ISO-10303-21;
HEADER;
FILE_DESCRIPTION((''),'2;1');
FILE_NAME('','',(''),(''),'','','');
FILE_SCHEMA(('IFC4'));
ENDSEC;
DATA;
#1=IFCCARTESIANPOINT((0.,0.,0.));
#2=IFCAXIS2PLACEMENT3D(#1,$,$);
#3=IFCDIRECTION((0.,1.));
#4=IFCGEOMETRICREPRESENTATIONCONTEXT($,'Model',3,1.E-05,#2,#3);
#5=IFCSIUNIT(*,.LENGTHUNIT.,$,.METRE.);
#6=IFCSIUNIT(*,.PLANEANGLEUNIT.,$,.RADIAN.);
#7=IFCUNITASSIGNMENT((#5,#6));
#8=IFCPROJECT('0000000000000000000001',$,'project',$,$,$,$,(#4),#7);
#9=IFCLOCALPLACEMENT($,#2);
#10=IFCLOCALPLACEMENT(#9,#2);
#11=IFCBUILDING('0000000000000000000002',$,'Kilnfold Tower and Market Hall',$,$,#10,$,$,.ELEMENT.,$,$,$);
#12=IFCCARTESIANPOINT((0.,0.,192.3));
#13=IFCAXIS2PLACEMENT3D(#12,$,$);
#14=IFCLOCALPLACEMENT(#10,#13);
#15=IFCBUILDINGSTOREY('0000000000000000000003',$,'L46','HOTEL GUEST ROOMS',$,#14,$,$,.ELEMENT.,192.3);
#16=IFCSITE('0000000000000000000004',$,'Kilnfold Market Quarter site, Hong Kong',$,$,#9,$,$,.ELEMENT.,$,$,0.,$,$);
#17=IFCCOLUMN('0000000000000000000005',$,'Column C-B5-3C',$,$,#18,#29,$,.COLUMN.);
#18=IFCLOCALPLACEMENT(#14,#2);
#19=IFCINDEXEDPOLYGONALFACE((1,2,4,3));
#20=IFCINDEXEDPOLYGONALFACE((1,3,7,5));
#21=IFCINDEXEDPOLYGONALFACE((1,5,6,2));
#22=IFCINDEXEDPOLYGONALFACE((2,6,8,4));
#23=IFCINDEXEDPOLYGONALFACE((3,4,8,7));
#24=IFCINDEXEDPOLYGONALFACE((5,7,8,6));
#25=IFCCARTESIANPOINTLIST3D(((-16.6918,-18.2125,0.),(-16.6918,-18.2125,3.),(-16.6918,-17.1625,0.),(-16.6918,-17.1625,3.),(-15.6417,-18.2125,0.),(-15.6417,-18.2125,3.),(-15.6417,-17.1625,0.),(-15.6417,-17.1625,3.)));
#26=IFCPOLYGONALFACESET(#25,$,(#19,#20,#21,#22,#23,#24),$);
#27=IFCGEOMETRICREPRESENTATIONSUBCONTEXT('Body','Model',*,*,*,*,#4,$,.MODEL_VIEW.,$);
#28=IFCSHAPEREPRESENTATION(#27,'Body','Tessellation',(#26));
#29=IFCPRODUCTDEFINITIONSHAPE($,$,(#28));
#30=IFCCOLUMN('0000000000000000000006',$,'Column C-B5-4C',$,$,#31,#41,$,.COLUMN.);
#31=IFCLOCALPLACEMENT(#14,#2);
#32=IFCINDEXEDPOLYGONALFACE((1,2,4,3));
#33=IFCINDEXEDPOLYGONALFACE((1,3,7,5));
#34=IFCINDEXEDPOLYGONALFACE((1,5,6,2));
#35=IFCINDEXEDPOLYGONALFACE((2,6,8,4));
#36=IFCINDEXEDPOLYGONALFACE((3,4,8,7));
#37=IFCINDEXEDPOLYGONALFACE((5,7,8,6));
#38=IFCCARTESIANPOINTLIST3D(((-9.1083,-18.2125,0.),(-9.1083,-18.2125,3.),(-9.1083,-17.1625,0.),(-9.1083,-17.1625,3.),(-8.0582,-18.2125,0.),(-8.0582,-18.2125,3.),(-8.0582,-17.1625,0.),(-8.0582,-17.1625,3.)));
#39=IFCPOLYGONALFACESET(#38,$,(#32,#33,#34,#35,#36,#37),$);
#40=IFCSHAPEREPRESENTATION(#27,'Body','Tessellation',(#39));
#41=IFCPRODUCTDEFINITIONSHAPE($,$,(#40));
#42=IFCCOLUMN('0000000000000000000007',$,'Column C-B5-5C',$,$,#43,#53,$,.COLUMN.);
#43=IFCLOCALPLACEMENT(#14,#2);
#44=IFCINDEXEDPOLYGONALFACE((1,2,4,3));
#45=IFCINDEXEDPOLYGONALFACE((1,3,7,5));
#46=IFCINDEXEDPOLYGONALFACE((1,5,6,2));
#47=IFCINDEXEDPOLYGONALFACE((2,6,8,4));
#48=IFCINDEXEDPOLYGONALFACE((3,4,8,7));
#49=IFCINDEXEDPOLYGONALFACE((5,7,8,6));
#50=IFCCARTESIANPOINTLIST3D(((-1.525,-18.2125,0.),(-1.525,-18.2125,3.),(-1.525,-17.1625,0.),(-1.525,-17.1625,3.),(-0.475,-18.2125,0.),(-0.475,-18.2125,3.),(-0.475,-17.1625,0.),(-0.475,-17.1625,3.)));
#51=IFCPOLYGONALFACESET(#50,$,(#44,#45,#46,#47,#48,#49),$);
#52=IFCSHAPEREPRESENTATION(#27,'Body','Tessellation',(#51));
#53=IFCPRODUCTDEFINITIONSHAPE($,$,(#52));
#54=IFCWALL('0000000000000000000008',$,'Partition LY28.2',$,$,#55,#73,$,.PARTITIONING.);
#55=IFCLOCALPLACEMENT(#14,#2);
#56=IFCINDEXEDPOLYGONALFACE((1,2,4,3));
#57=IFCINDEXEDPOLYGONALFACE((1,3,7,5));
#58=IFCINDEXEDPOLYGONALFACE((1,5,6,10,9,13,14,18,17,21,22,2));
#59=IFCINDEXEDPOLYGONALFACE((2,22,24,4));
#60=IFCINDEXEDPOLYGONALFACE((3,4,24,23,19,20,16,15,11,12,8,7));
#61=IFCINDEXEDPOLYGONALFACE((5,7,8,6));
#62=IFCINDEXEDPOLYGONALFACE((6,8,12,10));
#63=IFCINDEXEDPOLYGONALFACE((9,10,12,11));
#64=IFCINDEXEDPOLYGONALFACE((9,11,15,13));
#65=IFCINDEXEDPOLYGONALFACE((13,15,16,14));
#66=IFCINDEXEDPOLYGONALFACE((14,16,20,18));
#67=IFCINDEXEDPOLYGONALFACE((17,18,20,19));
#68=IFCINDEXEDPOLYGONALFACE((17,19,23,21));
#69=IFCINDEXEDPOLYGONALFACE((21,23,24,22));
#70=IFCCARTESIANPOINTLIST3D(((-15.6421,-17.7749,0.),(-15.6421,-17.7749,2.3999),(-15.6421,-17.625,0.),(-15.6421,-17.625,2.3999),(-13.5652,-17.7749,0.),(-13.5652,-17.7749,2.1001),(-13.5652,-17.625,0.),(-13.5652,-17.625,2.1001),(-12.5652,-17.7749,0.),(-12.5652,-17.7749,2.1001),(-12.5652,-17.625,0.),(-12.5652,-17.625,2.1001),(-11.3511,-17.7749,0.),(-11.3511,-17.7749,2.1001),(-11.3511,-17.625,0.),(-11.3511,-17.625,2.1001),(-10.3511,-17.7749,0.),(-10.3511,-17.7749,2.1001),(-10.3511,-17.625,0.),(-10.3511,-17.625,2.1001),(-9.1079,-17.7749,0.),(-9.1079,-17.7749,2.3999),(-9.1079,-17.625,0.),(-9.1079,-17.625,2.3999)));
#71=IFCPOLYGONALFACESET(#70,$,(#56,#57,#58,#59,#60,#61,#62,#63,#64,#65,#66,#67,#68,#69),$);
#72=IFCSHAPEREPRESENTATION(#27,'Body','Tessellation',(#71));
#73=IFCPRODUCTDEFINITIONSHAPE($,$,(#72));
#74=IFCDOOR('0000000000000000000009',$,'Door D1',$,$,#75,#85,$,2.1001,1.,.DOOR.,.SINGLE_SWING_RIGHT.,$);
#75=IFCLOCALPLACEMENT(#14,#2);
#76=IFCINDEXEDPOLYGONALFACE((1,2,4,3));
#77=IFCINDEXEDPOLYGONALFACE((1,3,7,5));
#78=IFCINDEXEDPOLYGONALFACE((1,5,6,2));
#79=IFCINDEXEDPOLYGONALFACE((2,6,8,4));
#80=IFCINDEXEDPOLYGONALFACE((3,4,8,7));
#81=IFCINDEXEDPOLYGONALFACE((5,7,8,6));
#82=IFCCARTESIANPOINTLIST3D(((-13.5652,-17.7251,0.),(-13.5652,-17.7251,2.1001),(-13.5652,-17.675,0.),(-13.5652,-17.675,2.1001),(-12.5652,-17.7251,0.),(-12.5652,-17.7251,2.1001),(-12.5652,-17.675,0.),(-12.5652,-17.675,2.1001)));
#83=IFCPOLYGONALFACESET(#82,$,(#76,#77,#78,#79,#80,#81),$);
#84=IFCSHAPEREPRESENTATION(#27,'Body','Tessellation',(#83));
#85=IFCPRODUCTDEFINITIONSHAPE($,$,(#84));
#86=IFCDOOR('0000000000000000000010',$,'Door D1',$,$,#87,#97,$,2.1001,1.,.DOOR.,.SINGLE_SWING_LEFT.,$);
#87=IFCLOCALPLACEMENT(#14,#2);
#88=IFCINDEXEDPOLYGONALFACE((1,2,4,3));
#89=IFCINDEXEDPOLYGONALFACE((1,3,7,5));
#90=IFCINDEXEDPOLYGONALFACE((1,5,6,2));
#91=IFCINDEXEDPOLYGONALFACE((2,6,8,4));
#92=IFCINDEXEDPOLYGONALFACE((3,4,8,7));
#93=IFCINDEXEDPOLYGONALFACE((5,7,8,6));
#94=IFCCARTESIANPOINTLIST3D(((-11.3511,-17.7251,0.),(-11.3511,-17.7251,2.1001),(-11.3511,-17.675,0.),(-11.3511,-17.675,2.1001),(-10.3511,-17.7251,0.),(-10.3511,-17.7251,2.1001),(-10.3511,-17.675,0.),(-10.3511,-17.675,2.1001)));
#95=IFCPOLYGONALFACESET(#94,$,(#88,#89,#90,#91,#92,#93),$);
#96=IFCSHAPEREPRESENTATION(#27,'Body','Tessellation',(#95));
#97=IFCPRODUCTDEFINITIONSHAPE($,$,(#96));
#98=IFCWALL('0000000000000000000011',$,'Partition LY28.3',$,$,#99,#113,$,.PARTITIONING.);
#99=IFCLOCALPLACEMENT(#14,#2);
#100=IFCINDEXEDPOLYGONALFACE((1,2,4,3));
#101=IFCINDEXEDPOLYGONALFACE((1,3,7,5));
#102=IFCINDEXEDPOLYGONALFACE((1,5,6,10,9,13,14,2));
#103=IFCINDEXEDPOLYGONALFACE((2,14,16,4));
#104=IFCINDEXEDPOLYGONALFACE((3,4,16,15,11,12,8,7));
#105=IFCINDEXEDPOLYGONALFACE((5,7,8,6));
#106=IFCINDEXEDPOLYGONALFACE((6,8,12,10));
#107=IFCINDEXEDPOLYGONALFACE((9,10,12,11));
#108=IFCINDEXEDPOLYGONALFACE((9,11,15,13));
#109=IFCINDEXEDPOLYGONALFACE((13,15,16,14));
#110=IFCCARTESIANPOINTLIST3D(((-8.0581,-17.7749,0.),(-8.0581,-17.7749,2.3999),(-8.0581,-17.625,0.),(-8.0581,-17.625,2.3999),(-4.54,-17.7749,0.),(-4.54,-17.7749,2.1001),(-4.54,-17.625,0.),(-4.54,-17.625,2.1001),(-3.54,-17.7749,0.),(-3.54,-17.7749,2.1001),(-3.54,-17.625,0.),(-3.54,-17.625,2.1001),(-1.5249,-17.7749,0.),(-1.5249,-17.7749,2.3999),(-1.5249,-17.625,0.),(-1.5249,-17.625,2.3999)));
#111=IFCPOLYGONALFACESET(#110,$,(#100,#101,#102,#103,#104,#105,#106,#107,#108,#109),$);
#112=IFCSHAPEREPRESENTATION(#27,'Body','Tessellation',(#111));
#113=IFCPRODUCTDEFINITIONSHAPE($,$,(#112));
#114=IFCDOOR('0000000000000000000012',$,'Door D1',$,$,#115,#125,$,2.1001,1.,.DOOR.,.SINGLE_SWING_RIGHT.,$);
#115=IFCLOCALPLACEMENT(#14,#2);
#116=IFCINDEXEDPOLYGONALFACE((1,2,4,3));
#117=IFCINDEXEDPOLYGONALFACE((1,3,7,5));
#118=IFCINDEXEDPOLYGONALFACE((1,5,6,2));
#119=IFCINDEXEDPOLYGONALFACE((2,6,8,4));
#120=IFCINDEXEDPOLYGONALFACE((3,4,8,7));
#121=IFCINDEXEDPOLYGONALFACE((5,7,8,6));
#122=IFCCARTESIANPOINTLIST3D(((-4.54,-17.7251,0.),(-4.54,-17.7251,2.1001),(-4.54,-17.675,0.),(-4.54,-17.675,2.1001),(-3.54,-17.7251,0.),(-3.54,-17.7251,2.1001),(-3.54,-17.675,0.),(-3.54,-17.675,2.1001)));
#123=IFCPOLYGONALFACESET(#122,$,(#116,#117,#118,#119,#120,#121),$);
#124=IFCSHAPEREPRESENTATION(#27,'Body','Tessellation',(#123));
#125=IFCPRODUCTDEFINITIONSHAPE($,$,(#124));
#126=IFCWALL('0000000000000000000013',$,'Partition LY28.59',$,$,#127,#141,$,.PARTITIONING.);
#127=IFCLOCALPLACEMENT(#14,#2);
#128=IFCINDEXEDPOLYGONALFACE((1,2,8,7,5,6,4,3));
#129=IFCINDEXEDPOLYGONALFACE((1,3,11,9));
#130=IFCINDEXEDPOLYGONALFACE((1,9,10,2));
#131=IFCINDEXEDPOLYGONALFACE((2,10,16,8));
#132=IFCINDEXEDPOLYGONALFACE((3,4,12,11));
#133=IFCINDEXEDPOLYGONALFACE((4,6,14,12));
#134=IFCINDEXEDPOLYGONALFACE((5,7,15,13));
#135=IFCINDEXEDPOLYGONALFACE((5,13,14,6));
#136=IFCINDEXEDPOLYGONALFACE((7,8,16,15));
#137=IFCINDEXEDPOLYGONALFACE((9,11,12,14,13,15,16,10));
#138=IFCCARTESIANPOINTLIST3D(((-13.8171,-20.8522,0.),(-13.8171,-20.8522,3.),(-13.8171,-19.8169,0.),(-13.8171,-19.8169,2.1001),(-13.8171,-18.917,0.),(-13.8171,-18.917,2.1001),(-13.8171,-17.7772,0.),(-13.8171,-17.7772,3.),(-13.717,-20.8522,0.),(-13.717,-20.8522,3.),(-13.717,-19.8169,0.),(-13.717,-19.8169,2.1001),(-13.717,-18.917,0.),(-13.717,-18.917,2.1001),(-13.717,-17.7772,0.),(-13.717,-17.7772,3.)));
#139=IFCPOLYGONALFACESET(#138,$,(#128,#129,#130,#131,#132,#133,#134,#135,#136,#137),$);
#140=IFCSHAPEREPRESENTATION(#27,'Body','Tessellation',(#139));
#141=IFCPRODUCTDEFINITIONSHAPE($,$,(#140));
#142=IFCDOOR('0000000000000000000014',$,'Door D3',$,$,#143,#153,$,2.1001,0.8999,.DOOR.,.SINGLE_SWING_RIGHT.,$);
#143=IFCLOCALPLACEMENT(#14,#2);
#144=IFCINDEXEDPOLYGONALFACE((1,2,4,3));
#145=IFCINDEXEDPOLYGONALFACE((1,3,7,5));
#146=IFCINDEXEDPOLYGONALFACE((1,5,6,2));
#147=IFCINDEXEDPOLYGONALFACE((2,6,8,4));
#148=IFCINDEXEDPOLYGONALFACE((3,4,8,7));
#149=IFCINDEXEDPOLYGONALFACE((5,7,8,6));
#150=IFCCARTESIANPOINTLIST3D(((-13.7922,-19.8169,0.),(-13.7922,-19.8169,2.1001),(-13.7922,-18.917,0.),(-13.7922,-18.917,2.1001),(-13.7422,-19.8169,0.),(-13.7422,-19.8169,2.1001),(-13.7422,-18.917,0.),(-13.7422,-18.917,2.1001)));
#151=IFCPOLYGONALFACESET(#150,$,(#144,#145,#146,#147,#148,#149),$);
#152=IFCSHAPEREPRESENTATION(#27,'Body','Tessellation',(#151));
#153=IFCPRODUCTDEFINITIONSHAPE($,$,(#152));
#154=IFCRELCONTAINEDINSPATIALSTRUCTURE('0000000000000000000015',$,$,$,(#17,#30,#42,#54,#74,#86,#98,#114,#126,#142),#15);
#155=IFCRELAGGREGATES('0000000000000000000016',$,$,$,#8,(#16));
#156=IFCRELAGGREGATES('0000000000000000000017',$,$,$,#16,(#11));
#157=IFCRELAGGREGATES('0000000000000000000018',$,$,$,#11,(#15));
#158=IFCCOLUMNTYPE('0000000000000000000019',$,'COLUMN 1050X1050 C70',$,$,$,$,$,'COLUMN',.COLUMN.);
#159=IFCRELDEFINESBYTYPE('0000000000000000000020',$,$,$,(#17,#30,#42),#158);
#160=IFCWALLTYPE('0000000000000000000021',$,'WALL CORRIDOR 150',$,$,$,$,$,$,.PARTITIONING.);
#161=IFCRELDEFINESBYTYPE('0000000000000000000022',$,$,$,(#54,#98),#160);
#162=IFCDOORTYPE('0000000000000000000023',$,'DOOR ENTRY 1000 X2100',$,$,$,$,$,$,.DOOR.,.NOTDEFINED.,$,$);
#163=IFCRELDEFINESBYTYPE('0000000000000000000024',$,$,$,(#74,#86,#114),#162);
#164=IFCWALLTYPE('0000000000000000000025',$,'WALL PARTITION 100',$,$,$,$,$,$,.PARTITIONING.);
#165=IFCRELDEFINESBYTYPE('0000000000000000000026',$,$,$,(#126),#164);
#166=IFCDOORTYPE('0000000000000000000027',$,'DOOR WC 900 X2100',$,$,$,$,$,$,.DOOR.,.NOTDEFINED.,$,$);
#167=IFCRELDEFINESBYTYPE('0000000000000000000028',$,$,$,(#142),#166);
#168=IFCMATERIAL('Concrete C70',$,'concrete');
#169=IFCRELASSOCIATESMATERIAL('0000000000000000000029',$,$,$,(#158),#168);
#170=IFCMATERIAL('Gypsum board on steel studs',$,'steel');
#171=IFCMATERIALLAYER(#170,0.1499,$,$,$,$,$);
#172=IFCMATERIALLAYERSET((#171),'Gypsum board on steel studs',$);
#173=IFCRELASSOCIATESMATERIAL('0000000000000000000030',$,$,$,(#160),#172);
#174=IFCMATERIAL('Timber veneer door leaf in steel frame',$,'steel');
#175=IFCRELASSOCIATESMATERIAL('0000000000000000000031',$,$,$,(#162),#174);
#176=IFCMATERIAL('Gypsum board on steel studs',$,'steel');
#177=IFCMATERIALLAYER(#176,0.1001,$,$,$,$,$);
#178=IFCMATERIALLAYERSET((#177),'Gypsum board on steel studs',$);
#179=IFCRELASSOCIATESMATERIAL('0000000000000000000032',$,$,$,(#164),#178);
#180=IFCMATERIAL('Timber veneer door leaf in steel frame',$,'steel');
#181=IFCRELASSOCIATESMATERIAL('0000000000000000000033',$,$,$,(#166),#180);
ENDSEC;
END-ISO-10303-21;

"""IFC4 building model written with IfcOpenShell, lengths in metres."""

from ifc_helpers import new_model, si_unit, direction, frame, frame_2d, origin, origin_2d, place, context, subcontext, project, spatial, rectangle, extrude, source, transform, mapped, material, layer, layer_set, material_profile, profile_set, type_object, element, fill, save


model = new_model("IFC4")

# Units and contexts
model_context = context("Model", 3, precision=1e-05, world=origin(), true_north=direction((0.0, 1.0)))
body_context = subcontext(model_context, "Body", "Model", "MODEL_VIEW")
ifc_project = project(units=[si_unit("LENGTHUNIT", "METRE"), si_unit("PLANEANGLEUNIT", "RADIAN")], contexts=[model_context])

# Site, building, storey
site_placement = place(None, origin())
site = spatial("IfcSite", under=ifc_project, at=site_placement, Name="Kilnfold Market Quarter site, Hong Kong", CompositionType="ELEMENT", RefElevation=0.0)
building_placement = place(site_placement, origin())
building = spatial("IfcBuilding", under=site, at=building_placement, Name="Kilnfold Tower and Market Hall", CompositionType="ELEMENT")
storey_placement = place(building_placement, frame((0.0, 0.0, 192.3)))
storey = spatial("IfcBuildingStorey", under=building, at=storey_placement, Name="L46", Description="HOTEL GUEST ROOMS", CompositionType="ELEMENT", Elevation=192.3)

# Columns
ifc_material_1 = material(Name="Concrete C70", Category="concrete")
ifc_material_profile = material_profile(ifc_material_1, rectangle(XDim=1.05, YDim=1.05, at=origin_2d()), Name="RC 1050x1050")
ifc_profile_set = profile_set([ifc_material_profile], Name="Concrete C70")
column_type = type_object("IfcColumnType", Name="COLUMN 1050X1050 C70", ElementType="COLUMN", PredefinedType="COLUMN", material=ifc_profile_set)
shared_shape = source(origin(), body_context, "Body", "SweptSolid", [
    extrude(rectangle(XDim=1.05, YDim=1.05, at=origin_2d()), origin(), (0.0, 0.0, 1.0), 3.0),
])
for number, where, z_axis, x_axis, name in (
    (1, (-16.1667, -17.6875, 0.0), (0.0, 0.0, 1.0), (1.0, 0.0, 0.0), "Column C-B5-3C"),
    (2, (-8.5833, -17.6875, 0.0), (0.0, 0.0, 1.0), (1.0, 0.0, 0.0), "Column C-B5-4C"),
    (3, (-1.0, -17.6875, 0.0), (0.0, 0.0, 1.0), (1.0, 0.0, 0.0), "Column C-B5-5C"),
):
    element("IfcColumn", number, at=place(storey_placement, frame(where, z_axis=z_axis, x_axis=x_axis)), inside=storey, type_object=column_type, Name=name, PredefinedType="COLUMN", context=body_context, shape_type="MappedRepresentation", body=[
        mapped(shared_shape, transform((0.0, 0.0, 0.0))),
    ])

# Wall, openings, doors
ifc_material_2 = material(Name="Gypsum board on steel studs", Category="steel")
ifc_layer_1 = layer(ifc_material_2, 0.1499)
ifc_layer_set_1 = layer_set([ifc_layer_1], Name="Gypsum board on steel studs")
wall_type_1 = type_object("IfcWallType", Name="WALL CORRIDOR 150", PredefinedType="PARTITIONING", material=ifc_layer_set_1)
wall_1_placement = place(storey_placement, frame((-15.6421, -17.7, 0.0), z_axis=(0.0, 0.0, 1.0), x_axis=(1.0, 0.0, 0.0)))
wall_1 = element("IfcWall", 4, at=wall_1_placement, inside=storey, type_object=wall_type_1, Name="Partition LY28.2", PredefinedType="PARTITIONING", context=body_context, shape_type="SweptSolid", body=[
    extrude(rectangle(XDim=6.5342, YDim=0.1499, at=frame_2d((3.2671, 0.0))), origin(), (0.0, 0.0, 1.0), 2.3999),
])
opening_1_placement = place(wall_1_placement, frame((2.0769, 0.0, 0.0)))
opening_1 = element("IfcOpeningElement", 5, at=opening_1_placement, cuts=wall_1, PredefinedType="OPENING", context=body_context, shape_type="SweptSolid", body=[
    extrude(rectangle(XDim=1.0, YDim=2.1001, at=frame_2d((0.5, 1.05))), frame((0.0, 0.085, 0.0), z_axis=(0.0, -1.0, 0.0), x_axis=(1.0, 0.0, 0.0)), (0.0, 0.0, 1.0), 0.1699),
])
opening_2_placement = place(wall_1_placement, frame((4.291, 0.0, 0.0)))
opening_2 = element("IfcOpeningElement", 6, at=opening_2_placement, cuts=wall_1, PredefinedType="OPENING", context=body_context, shape_type="SweptSolid", body=[
    extrude(rectangle(XDim=1.0, YDim=2.1001, at=frame_2d((0.5, 1.05))), frame((0.0, 0.085, 0.0), z_axis=(0.0, -1.0, 0.0), x_axis=(1.0, 0.0, 0.0)), (0.0, 0.0, 1.0), 0.1699),
])
ifc_material_3 = material(Name="Timber veneer door leaf in steel frame", Category="steel")
door_type_1 = type_object("IfcDoorType", Name="DOOR ENTRY 1000 X2100", OperationType="NOTDEFINED", PredefinedType="DOOR", material=ifc_material_3)
door_1_placement = place(opening_1_placement, origin())
door_1 = element("IfcDoor", 7, at=door_1_placement, inside=storey, type_object=door_type_1, Name="Door D1", OperationType="SINGLE_SWING_RIGHT", OverallHeight=2.1001, OverallWidth=1.0, PredefinedType="DOOR", context=body_context, shape_type="SweptSolid", body=[
    extrude(rectangle(XDim=1.0, YDim=2.1001, at=frame_2d((0.5, 1.05))), frame((0.0, 0.0249, 0.0), z_axis=(0.0, -1.0, 0.0), x_axis=(1.0, 0.0, 0.0)), (0.0, 0.0, 1.0), 0.05),
])
fill(opening_1, door_1)
door_2_placement = place(opening_2_placement, origin())
door_2 = element("IfcDoor", 8, at=door_2_placement, inside=storey, type_object=door_type_1, Name="Door D1", OperationType="SINGLE_SWING_LEFT", OverallHeight=2.1001, OverallWidth=1.0, PredefinedType="DOOR", context=body_context, shape_type="SweptSolid", body=[
    extrude(rectangle(XDim=1.0, YDim=2.1001, at=frame_2d((0.5, 1.05))), frame((0.0, 0.0249, 0.0), z_axis=(0.0, -1.0, 0.0), x_axis=(1.0, 0.0, 0.0)), (0.0, 0.0, 1.0), 0.05),
])
fill(opening_2, door_2)

# Walls, openings, doors
wall_2_placement = place(storey_placement, frame((-8.0581, -17.7, 0.0), z_axis=(0.0, 0.0, 1.0), x_axis=(1.0, 0.0, 0.0)))
wall_2 = element("IfcWall", 9, at=wall_2_placement, inside=storey, type_object=wall_type_1, Name="Partition LY28.3", PredefinedType="PARTITIONING", context=body_context, shape_type="SweptSolid", body=[
    extrude(rectangle(XDim=6.5332, YDim=0.1499, at=frame_2d((3.2666, 0.0))), origin(), (0.0, 0.0, 1.0), 2.3999),
])
opening_3_placement = place(wall_2_placement, frame((3.5181, 0.0, 0.0)))
opening_3 = element("IfcOpeningElement", 10, at=opening_3_placement, cuts=wall_2, PredefinedType="OPENING", context=body_context, shape_type="SweptSolid", body=[
    extrude(rectangle(XDim=1.0, YDim=2.1001, at=frame_2d((0.5, 1.05))), frame((0.0, 0.085, 0.0), z_axis=(0.0, -1.0, 0.0), x_axis=(1.0, 0.0, 0.0)), (0.0, 0.0, 1.0), 0.1699),
])
door_3_placement = place(opening_3_placement, origin())
door_3 = element("IfcDoor", 11, at=door_3_placement, inside=storey, type_object=door_type_1, Name="Door D1", OperationType="SINGLE_SWING_RIGHT", OverallHeight=2.1001, OverallWidth=1.0, PredefinedType="DOOR", context=body_context, shape_type="SweptSolid", body=[
    extrude(rectangle(XDim=1.0, YDim=2.1001, at=frame_2d((0.5, 1.05))), frame((0.0, 0.0249, 0.0), z_axis=(0.0, -1.0, 0.0), x_axis=(1.0, 0.0, 0.0)), (0.0, 0.0, 1.0), 0.05),
])
fill(opening_3, door_3)
ifc_material_4 = material(Name="Gypsum board on steel studs", Category="steel")
ifc_layer_2 = layer(ifc_material_4, 0.1001)
ifc_layer_set_2 = layer_set([ifc_layer_2], Name="Gypsum board on steel studs")
wall_type_2 = type_object("IfcWallType", Name="WALL PARTITION 100", PredefinedType="PARTITIONING", material=ifc_layer_set_2)
wall_3_placement = place(storey_placement, frame((-13.7671, -17.7771, 0.0), z_axis=(0.0, 0.0, 1.0), x_axis=(0.0, -1.0, 0.0)))
wall_3 = element("IfcWall", 12, at=wall_3_placement, inside=storey, type_object=wall_type_2, Name="Partition LY28.59", PredefinedType="PARTITIONING", context=body_context, shape_type="SweptSolid", body=[
    extrude(rectangle(XDim=3.075, YDim=0.1001, at=frame_2d((1.5376, 0.0))), origin(), (0.0, 0.0, 1.0), 3.0),
])
opening_4_placement = place(wall_3_placement, frame((1.1399, 0.0, 0.0)))
opening_4 = element("IfcOpeningElement", 13, at=opening_4_placement, cuts=wall_3, PredefinedType="OPENING", context=body_context, shape_type="SweptSolid", body=[
    extrude(rectangle(XDim=0.8999, YDim=2.1001, at=frame_2d((0.45, 1.05))), frame((0.0, 0.0601, 0.0), z_axis=(0.0, -1.0, 0.0), x_axis=(1.0, 0.0, 0.0)), (0.0, 0.0, 1.0), 0.1201),
])
ifc_material_5 = material(Name="Timber veneer door leaf in steel frame", Category="steel")
door_type_2 = type_object("IfcDoorType", Name="DOOR WC 900 X2100", OperationType="NOTDEFINED", PredefinedType="DOOR", material=ifc_material_5)
door_4_placement = place(opening_4_placement, origin())
door_4 = element("IfcDoor", 14, at=door_4_placement, inside=storey, type_object=door_type_2, Name="Door D3", OperationType="SINGLE_SWING_RIGHT", OverallHeight=2.1001, OverallWidth=0.8999, PredefinedType="DOOR", context=body_context, shape_type="SweptSolid", body=[
    extrude(rectangle(XDim=0.8999, YDim=2.1001, at=frame_2d((0.45, 1.05))), frame((0.0, 0.0249, 0.0), z_axis=(0.0, -1.0, 0.0), x_axis=(1.0, 0.0, 0.0)), (0.0, 0.0, 1.0), 0.05),
])
fill(opening_4, door_4)

save(model, "model.ifc")
